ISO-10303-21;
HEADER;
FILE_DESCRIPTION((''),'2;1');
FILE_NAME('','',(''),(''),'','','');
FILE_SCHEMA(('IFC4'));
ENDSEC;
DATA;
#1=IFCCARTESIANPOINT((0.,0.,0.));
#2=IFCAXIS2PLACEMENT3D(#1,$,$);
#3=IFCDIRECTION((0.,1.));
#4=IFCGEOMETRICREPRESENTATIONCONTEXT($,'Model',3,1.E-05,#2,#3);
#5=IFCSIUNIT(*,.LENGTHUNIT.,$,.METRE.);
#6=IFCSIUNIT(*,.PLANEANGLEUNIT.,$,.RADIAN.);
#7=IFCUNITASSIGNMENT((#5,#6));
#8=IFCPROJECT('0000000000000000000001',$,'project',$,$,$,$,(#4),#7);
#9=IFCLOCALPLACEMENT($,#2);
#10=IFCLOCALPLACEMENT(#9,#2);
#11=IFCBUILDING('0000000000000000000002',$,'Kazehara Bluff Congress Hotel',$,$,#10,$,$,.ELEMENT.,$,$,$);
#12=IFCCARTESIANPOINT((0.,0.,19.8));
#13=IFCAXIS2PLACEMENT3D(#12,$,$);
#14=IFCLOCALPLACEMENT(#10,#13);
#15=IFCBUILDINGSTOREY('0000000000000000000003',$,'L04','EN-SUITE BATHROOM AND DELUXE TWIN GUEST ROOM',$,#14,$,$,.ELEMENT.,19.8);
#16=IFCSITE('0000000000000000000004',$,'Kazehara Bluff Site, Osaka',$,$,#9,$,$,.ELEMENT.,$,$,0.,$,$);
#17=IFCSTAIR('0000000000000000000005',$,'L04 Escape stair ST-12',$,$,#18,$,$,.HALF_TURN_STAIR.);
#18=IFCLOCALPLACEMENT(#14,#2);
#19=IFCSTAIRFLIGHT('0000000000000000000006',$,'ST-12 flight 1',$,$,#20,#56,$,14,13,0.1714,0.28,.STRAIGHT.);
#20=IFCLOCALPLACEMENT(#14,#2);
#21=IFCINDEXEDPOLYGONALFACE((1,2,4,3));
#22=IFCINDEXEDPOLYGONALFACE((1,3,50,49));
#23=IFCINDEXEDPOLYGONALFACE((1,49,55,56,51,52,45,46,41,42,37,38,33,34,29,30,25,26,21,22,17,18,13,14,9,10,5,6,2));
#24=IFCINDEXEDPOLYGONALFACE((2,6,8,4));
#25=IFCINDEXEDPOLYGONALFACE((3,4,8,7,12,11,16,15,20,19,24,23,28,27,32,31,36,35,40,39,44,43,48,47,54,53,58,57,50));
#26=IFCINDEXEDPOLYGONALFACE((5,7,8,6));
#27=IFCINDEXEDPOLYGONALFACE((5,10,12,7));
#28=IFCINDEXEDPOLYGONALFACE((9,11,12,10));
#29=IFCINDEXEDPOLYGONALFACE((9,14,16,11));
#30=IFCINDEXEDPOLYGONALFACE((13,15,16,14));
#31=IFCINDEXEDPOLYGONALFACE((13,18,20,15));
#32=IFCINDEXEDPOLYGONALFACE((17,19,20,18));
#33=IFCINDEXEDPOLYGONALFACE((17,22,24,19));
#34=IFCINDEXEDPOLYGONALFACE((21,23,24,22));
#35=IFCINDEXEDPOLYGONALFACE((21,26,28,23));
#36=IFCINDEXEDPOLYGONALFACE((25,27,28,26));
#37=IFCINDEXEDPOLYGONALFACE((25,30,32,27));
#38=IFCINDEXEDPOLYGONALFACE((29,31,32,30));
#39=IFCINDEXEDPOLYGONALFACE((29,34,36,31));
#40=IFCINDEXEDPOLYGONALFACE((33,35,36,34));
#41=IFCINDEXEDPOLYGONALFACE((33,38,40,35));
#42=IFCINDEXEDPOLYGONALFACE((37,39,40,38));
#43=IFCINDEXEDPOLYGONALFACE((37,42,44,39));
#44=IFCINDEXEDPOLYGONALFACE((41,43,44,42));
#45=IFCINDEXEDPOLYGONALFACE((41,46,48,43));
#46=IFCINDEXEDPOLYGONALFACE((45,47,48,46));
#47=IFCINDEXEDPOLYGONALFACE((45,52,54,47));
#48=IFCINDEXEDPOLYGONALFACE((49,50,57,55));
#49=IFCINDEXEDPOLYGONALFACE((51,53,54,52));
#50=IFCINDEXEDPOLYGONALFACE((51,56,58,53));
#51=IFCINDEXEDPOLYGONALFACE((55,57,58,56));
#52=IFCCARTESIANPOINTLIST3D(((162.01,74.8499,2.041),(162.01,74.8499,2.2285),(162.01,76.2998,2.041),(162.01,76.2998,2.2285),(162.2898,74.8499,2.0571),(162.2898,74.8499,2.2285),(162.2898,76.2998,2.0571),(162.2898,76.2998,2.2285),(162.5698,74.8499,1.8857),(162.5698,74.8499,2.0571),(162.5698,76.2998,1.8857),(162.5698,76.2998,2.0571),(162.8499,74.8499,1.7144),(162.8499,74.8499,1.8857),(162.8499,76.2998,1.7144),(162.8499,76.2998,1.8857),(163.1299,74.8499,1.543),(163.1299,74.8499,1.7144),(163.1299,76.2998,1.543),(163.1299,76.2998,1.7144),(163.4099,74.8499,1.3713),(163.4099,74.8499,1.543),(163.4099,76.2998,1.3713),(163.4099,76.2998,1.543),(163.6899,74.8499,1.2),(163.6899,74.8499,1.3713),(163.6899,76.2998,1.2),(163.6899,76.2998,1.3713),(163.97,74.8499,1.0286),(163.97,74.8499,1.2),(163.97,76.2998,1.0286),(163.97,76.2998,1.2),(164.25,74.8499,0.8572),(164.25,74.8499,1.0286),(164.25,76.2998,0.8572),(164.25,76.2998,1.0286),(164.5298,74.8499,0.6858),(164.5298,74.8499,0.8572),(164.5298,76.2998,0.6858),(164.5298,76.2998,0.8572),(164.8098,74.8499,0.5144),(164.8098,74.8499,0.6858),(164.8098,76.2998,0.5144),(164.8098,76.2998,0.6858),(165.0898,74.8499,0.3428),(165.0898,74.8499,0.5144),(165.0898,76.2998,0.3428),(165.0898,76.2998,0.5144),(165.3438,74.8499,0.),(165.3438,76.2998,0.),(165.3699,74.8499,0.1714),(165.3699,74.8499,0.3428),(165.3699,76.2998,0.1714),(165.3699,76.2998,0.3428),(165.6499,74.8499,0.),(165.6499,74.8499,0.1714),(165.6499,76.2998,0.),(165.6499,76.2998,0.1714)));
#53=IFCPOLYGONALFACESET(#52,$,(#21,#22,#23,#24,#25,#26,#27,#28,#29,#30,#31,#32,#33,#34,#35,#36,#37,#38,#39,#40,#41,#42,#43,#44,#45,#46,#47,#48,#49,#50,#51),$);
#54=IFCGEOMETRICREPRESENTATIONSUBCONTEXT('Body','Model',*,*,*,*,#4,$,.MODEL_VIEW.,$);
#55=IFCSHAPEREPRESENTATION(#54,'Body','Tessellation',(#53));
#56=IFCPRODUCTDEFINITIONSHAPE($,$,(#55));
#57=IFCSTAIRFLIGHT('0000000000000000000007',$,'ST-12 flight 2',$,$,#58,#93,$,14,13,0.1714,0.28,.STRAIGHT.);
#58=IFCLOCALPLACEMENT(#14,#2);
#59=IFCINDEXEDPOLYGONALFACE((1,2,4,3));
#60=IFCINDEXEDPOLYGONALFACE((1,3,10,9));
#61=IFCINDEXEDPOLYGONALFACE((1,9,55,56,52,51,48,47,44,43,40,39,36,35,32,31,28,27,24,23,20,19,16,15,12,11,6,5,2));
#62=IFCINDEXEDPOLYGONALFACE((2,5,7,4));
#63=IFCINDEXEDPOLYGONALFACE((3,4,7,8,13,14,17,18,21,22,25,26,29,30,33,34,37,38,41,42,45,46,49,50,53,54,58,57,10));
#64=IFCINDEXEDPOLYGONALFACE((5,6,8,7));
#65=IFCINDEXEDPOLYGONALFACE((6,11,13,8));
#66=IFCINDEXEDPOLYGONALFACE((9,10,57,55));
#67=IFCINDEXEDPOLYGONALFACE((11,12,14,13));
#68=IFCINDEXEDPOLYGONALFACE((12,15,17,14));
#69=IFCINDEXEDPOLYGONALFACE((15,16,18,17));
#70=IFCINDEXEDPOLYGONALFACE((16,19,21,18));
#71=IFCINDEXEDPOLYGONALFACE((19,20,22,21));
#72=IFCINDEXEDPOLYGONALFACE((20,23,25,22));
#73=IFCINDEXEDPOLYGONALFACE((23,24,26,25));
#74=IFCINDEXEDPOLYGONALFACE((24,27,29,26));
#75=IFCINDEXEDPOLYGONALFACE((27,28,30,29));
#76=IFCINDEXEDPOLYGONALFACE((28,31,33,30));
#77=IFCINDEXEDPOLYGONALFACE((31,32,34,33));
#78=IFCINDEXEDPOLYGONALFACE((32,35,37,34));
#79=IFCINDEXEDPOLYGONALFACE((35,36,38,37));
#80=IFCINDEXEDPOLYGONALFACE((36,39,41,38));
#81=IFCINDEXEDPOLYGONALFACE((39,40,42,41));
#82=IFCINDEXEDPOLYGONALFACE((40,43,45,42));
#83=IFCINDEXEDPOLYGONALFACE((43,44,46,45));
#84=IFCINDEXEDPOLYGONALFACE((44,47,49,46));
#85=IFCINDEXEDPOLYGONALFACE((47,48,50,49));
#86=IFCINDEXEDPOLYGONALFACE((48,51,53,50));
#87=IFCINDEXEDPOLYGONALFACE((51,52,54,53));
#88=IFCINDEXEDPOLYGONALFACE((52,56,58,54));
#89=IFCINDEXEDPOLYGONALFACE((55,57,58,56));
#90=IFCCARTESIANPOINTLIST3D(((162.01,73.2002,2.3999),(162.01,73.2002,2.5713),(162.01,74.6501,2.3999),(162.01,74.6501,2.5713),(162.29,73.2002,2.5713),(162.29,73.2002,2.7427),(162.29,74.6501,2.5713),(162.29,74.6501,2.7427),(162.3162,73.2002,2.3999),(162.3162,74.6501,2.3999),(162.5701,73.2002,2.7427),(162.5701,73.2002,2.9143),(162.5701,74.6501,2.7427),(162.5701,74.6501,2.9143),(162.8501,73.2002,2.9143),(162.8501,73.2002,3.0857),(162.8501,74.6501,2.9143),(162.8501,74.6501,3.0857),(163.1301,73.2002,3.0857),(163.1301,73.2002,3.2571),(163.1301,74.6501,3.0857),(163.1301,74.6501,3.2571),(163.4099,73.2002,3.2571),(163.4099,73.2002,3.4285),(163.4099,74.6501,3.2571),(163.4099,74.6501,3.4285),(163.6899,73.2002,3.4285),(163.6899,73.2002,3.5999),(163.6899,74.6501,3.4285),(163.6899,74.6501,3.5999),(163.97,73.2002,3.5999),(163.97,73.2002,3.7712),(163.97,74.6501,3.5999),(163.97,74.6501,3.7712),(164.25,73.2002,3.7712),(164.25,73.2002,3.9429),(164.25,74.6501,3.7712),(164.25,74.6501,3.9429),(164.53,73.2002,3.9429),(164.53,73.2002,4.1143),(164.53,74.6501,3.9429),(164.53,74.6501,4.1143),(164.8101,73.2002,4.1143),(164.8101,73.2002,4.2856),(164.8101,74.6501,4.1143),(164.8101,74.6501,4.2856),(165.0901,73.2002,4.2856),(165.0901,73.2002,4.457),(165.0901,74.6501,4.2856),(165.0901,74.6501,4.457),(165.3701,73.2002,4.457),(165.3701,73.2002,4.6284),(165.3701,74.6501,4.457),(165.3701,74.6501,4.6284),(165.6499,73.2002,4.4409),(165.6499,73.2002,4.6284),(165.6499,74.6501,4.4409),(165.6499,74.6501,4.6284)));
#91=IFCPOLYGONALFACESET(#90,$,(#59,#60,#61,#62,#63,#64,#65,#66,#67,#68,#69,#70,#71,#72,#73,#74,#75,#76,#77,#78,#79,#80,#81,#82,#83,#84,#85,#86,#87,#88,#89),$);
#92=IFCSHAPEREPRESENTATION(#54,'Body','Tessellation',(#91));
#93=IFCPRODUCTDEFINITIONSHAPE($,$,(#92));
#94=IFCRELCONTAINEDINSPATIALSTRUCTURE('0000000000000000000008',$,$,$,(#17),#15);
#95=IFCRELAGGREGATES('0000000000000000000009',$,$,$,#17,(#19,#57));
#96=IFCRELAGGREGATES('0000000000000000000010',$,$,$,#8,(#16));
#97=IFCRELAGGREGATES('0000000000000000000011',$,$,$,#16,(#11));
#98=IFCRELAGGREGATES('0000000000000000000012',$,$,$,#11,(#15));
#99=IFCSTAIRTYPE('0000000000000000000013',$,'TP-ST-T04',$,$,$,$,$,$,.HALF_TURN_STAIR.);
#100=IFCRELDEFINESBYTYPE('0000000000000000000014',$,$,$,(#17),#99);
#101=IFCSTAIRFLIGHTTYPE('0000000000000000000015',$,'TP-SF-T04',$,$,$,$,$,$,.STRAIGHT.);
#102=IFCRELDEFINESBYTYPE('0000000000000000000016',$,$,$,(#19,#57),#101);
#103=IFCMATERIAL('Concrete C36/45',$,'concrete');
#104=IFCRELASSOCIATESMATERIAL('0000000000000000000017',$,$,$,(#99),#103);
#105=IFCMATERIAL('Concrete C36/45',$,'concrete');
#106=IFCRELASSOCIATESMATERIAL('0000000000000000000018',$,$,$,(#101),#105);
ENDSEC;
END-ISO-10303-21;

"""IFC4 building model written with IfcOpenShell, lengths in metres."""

from ifc_helpers import new_model, si_unit, direction, frame, origin, place, context, subcontext, project, spatial, polyline, outline, extrude, material, type_object, element, aggregate, save


model = new_model("IFC4")

# Units and contexts
model_context = context("Model", 3, precision=1e-05, world=origin(), true_north=direction((0.0, 1.0)))
body_context = subcontext(model_context, "Body", "Model", "MODEL_VIEW")
ifc_project = project(units=[si_unit("LENGTHUNIT", "METRE"), si_unit("PLANEANGLEUNIT", "RADIAN")], contexts=[model_context])

# Site, building, storey
site_placement = place(None, origin())
site = spatial("IfcSite", under=ifc_project, at=site_placement, Name="Kazehara Bluff Site, Osaka", CompositionType="ELEMENT", RefElevation=0.0)
building_placement = place(site_placement, origin())
building = spatial("IfcBuilding", under=site, at=building_placement, Name="Kazehara Bluff Congress Hotel", CompositionType="ELEMENT")
storey_placement = place(building_placement, frame((0.0, 0.0, 19.8)))
storey = spatial("IfcBuildingStorey", under=building, at=storey_placement, Name="L04", Description="EN-SUITE BATHROOM AND DELUXE TWIN GUEST ROOM", CompositionType="ELEMENT", Elevation=19.8)

# Stair, stair flights
ifc_material_1 = material(Name="Concrete C36/45", Category="concrete")
stair_type = type_object("IfcStairType", Name="TP-ST-T04", PredefinedType="HALF_TURN_STAIR", material=ifc_material_1)
stair_placement = place(storey_placement, origin())
stair = element("IfcStair", 1, at=stair_placement, inside=storey, type_object=stair_type, Name="L04 Escape stair ST-12", PredefinedType="HALF_TURN_STAIR")
ifc_material_2 = material(Name="Concrete C36/45", Category="concrete")
stair_flight_type = type_object("IfcStairFlightType", Name="TP-SF-T04", PredefinedType="STRAIGHT", material=ifc_material_2)
stair_flight_1_placement = place(storey_placement, frame((165.6499, 75.575, 0.0), z_axis=(0.0, 0.0, 1.0), x_axis=(-1.0, 0.0, 0.0)))
stair_flight_1 = element("IfcStairFlight", 2, at=stair_flight_1_placement, type_object=stair_flight_type, Name="ST-12 flight 1", NumberOfRisers=14, NumberOfTreads=13, PredefinedType="STRAIGHT", RiserHeight=0.1714, TreadLength=0.28, context=body_context, shape_type="SweptSolid", body=[
    extrude(outline(polyline([(0.0, 0.0), (0.0, 0.1714), (0.28, 0.1714), (0.28, 0.3428), (0.5601, 0.3428), (0.5601, 0.5144), (0.8401, 0.5144), (0.8401, 0.6858), (1.1201, 0.6858), (1.1201, 0.8572), (1.3999, 0.8572), (1.3999, 1.0286), (1.6799, 1.0286), (1.6799, 1.2), (1.96, 1.2), (1.96, 1.3713), (2.24, 1.3713), (2.24, 1.543), (2.52, 1.543), (2.52, 1.7144), (2.8, 1.7144), (2.8, 1.8857), (3.0801, 1.8857), (3.0801, 2.0571), (3.3601, 2.0571), (3.3601, 2.2285), (3.6399, 2.2285), (3.6399, 2.3999), (3.6399, 2.041), (0.3062, 0.0), (0.0, 0.0)])), frame((0.0, 0.7251, 0.0), z_axis=(0.0, -1.0, 0.0), x_axis=(1.0, 0.0, 0.0)), (0.0, 0.0, 1.0), 1.45),
])
stair_flight_2_placement = place(storey_placement, frame((162.01, 73.925, 2.3999), z_axis=(0.0, 0.0, 1.0), x_axis=(1.0, 0.0, 0.0)))
stair_flight_2 = element("IfcStairFlight", 3, at=stair_flight_2_placement, type_object=stair_flight_type, Name="ST-12 flight 2", NumberOfRisers=14, NumberOfTreads=13, PredefinedType="STRAIGHT", RiserHeight=0.1714, TreadLength=0.28, context=body_context, shape_type="SweptSolid", body=[
    extrude(outline(polyline([(0.0, 0.0), (0.0, 0.1714), (0.28, 0.1714), (0.28, 0.3428), (0.5601, 0.3428), (0.5601, 0.5144), (0.8401, 0.5144), (0.8401, 0.6858), (1.1201, 0.6858), (1.1201, 0.8572), (1.3999, 0.8572), (1.3999, 1.0286), (1.6799, 1.0286), (1.6799, 1.2), (1.96, 1.2), (1.96, 1.3713), (2.24, 1.3713), (2.24, 1.543), (2.52, 1.543), (2.52, 1.7144), (2.8, 1.7144), (2.8, 1.8857), (3.0801, 1.8857), (3.0801, 2.0571), (3.3601, 2.0571), (3.3601, 2.2285), (3.6399, 2.2285), (3.6399, 2.3999), (3.6399, 2.041), (0.3062, 0.0), (0.0, 0.0)])), frame((0.0, 0.7251, 0.0), z_axis=(0.0, -1.0, 0.0), x_axis=(1.0, 0.0, 0.0)), (0.0, 0.0, 1.0), 1.45),
])
aggregate(stair, [stair_flight_1, stair_flight_2])

save(model, "model.ifc")
